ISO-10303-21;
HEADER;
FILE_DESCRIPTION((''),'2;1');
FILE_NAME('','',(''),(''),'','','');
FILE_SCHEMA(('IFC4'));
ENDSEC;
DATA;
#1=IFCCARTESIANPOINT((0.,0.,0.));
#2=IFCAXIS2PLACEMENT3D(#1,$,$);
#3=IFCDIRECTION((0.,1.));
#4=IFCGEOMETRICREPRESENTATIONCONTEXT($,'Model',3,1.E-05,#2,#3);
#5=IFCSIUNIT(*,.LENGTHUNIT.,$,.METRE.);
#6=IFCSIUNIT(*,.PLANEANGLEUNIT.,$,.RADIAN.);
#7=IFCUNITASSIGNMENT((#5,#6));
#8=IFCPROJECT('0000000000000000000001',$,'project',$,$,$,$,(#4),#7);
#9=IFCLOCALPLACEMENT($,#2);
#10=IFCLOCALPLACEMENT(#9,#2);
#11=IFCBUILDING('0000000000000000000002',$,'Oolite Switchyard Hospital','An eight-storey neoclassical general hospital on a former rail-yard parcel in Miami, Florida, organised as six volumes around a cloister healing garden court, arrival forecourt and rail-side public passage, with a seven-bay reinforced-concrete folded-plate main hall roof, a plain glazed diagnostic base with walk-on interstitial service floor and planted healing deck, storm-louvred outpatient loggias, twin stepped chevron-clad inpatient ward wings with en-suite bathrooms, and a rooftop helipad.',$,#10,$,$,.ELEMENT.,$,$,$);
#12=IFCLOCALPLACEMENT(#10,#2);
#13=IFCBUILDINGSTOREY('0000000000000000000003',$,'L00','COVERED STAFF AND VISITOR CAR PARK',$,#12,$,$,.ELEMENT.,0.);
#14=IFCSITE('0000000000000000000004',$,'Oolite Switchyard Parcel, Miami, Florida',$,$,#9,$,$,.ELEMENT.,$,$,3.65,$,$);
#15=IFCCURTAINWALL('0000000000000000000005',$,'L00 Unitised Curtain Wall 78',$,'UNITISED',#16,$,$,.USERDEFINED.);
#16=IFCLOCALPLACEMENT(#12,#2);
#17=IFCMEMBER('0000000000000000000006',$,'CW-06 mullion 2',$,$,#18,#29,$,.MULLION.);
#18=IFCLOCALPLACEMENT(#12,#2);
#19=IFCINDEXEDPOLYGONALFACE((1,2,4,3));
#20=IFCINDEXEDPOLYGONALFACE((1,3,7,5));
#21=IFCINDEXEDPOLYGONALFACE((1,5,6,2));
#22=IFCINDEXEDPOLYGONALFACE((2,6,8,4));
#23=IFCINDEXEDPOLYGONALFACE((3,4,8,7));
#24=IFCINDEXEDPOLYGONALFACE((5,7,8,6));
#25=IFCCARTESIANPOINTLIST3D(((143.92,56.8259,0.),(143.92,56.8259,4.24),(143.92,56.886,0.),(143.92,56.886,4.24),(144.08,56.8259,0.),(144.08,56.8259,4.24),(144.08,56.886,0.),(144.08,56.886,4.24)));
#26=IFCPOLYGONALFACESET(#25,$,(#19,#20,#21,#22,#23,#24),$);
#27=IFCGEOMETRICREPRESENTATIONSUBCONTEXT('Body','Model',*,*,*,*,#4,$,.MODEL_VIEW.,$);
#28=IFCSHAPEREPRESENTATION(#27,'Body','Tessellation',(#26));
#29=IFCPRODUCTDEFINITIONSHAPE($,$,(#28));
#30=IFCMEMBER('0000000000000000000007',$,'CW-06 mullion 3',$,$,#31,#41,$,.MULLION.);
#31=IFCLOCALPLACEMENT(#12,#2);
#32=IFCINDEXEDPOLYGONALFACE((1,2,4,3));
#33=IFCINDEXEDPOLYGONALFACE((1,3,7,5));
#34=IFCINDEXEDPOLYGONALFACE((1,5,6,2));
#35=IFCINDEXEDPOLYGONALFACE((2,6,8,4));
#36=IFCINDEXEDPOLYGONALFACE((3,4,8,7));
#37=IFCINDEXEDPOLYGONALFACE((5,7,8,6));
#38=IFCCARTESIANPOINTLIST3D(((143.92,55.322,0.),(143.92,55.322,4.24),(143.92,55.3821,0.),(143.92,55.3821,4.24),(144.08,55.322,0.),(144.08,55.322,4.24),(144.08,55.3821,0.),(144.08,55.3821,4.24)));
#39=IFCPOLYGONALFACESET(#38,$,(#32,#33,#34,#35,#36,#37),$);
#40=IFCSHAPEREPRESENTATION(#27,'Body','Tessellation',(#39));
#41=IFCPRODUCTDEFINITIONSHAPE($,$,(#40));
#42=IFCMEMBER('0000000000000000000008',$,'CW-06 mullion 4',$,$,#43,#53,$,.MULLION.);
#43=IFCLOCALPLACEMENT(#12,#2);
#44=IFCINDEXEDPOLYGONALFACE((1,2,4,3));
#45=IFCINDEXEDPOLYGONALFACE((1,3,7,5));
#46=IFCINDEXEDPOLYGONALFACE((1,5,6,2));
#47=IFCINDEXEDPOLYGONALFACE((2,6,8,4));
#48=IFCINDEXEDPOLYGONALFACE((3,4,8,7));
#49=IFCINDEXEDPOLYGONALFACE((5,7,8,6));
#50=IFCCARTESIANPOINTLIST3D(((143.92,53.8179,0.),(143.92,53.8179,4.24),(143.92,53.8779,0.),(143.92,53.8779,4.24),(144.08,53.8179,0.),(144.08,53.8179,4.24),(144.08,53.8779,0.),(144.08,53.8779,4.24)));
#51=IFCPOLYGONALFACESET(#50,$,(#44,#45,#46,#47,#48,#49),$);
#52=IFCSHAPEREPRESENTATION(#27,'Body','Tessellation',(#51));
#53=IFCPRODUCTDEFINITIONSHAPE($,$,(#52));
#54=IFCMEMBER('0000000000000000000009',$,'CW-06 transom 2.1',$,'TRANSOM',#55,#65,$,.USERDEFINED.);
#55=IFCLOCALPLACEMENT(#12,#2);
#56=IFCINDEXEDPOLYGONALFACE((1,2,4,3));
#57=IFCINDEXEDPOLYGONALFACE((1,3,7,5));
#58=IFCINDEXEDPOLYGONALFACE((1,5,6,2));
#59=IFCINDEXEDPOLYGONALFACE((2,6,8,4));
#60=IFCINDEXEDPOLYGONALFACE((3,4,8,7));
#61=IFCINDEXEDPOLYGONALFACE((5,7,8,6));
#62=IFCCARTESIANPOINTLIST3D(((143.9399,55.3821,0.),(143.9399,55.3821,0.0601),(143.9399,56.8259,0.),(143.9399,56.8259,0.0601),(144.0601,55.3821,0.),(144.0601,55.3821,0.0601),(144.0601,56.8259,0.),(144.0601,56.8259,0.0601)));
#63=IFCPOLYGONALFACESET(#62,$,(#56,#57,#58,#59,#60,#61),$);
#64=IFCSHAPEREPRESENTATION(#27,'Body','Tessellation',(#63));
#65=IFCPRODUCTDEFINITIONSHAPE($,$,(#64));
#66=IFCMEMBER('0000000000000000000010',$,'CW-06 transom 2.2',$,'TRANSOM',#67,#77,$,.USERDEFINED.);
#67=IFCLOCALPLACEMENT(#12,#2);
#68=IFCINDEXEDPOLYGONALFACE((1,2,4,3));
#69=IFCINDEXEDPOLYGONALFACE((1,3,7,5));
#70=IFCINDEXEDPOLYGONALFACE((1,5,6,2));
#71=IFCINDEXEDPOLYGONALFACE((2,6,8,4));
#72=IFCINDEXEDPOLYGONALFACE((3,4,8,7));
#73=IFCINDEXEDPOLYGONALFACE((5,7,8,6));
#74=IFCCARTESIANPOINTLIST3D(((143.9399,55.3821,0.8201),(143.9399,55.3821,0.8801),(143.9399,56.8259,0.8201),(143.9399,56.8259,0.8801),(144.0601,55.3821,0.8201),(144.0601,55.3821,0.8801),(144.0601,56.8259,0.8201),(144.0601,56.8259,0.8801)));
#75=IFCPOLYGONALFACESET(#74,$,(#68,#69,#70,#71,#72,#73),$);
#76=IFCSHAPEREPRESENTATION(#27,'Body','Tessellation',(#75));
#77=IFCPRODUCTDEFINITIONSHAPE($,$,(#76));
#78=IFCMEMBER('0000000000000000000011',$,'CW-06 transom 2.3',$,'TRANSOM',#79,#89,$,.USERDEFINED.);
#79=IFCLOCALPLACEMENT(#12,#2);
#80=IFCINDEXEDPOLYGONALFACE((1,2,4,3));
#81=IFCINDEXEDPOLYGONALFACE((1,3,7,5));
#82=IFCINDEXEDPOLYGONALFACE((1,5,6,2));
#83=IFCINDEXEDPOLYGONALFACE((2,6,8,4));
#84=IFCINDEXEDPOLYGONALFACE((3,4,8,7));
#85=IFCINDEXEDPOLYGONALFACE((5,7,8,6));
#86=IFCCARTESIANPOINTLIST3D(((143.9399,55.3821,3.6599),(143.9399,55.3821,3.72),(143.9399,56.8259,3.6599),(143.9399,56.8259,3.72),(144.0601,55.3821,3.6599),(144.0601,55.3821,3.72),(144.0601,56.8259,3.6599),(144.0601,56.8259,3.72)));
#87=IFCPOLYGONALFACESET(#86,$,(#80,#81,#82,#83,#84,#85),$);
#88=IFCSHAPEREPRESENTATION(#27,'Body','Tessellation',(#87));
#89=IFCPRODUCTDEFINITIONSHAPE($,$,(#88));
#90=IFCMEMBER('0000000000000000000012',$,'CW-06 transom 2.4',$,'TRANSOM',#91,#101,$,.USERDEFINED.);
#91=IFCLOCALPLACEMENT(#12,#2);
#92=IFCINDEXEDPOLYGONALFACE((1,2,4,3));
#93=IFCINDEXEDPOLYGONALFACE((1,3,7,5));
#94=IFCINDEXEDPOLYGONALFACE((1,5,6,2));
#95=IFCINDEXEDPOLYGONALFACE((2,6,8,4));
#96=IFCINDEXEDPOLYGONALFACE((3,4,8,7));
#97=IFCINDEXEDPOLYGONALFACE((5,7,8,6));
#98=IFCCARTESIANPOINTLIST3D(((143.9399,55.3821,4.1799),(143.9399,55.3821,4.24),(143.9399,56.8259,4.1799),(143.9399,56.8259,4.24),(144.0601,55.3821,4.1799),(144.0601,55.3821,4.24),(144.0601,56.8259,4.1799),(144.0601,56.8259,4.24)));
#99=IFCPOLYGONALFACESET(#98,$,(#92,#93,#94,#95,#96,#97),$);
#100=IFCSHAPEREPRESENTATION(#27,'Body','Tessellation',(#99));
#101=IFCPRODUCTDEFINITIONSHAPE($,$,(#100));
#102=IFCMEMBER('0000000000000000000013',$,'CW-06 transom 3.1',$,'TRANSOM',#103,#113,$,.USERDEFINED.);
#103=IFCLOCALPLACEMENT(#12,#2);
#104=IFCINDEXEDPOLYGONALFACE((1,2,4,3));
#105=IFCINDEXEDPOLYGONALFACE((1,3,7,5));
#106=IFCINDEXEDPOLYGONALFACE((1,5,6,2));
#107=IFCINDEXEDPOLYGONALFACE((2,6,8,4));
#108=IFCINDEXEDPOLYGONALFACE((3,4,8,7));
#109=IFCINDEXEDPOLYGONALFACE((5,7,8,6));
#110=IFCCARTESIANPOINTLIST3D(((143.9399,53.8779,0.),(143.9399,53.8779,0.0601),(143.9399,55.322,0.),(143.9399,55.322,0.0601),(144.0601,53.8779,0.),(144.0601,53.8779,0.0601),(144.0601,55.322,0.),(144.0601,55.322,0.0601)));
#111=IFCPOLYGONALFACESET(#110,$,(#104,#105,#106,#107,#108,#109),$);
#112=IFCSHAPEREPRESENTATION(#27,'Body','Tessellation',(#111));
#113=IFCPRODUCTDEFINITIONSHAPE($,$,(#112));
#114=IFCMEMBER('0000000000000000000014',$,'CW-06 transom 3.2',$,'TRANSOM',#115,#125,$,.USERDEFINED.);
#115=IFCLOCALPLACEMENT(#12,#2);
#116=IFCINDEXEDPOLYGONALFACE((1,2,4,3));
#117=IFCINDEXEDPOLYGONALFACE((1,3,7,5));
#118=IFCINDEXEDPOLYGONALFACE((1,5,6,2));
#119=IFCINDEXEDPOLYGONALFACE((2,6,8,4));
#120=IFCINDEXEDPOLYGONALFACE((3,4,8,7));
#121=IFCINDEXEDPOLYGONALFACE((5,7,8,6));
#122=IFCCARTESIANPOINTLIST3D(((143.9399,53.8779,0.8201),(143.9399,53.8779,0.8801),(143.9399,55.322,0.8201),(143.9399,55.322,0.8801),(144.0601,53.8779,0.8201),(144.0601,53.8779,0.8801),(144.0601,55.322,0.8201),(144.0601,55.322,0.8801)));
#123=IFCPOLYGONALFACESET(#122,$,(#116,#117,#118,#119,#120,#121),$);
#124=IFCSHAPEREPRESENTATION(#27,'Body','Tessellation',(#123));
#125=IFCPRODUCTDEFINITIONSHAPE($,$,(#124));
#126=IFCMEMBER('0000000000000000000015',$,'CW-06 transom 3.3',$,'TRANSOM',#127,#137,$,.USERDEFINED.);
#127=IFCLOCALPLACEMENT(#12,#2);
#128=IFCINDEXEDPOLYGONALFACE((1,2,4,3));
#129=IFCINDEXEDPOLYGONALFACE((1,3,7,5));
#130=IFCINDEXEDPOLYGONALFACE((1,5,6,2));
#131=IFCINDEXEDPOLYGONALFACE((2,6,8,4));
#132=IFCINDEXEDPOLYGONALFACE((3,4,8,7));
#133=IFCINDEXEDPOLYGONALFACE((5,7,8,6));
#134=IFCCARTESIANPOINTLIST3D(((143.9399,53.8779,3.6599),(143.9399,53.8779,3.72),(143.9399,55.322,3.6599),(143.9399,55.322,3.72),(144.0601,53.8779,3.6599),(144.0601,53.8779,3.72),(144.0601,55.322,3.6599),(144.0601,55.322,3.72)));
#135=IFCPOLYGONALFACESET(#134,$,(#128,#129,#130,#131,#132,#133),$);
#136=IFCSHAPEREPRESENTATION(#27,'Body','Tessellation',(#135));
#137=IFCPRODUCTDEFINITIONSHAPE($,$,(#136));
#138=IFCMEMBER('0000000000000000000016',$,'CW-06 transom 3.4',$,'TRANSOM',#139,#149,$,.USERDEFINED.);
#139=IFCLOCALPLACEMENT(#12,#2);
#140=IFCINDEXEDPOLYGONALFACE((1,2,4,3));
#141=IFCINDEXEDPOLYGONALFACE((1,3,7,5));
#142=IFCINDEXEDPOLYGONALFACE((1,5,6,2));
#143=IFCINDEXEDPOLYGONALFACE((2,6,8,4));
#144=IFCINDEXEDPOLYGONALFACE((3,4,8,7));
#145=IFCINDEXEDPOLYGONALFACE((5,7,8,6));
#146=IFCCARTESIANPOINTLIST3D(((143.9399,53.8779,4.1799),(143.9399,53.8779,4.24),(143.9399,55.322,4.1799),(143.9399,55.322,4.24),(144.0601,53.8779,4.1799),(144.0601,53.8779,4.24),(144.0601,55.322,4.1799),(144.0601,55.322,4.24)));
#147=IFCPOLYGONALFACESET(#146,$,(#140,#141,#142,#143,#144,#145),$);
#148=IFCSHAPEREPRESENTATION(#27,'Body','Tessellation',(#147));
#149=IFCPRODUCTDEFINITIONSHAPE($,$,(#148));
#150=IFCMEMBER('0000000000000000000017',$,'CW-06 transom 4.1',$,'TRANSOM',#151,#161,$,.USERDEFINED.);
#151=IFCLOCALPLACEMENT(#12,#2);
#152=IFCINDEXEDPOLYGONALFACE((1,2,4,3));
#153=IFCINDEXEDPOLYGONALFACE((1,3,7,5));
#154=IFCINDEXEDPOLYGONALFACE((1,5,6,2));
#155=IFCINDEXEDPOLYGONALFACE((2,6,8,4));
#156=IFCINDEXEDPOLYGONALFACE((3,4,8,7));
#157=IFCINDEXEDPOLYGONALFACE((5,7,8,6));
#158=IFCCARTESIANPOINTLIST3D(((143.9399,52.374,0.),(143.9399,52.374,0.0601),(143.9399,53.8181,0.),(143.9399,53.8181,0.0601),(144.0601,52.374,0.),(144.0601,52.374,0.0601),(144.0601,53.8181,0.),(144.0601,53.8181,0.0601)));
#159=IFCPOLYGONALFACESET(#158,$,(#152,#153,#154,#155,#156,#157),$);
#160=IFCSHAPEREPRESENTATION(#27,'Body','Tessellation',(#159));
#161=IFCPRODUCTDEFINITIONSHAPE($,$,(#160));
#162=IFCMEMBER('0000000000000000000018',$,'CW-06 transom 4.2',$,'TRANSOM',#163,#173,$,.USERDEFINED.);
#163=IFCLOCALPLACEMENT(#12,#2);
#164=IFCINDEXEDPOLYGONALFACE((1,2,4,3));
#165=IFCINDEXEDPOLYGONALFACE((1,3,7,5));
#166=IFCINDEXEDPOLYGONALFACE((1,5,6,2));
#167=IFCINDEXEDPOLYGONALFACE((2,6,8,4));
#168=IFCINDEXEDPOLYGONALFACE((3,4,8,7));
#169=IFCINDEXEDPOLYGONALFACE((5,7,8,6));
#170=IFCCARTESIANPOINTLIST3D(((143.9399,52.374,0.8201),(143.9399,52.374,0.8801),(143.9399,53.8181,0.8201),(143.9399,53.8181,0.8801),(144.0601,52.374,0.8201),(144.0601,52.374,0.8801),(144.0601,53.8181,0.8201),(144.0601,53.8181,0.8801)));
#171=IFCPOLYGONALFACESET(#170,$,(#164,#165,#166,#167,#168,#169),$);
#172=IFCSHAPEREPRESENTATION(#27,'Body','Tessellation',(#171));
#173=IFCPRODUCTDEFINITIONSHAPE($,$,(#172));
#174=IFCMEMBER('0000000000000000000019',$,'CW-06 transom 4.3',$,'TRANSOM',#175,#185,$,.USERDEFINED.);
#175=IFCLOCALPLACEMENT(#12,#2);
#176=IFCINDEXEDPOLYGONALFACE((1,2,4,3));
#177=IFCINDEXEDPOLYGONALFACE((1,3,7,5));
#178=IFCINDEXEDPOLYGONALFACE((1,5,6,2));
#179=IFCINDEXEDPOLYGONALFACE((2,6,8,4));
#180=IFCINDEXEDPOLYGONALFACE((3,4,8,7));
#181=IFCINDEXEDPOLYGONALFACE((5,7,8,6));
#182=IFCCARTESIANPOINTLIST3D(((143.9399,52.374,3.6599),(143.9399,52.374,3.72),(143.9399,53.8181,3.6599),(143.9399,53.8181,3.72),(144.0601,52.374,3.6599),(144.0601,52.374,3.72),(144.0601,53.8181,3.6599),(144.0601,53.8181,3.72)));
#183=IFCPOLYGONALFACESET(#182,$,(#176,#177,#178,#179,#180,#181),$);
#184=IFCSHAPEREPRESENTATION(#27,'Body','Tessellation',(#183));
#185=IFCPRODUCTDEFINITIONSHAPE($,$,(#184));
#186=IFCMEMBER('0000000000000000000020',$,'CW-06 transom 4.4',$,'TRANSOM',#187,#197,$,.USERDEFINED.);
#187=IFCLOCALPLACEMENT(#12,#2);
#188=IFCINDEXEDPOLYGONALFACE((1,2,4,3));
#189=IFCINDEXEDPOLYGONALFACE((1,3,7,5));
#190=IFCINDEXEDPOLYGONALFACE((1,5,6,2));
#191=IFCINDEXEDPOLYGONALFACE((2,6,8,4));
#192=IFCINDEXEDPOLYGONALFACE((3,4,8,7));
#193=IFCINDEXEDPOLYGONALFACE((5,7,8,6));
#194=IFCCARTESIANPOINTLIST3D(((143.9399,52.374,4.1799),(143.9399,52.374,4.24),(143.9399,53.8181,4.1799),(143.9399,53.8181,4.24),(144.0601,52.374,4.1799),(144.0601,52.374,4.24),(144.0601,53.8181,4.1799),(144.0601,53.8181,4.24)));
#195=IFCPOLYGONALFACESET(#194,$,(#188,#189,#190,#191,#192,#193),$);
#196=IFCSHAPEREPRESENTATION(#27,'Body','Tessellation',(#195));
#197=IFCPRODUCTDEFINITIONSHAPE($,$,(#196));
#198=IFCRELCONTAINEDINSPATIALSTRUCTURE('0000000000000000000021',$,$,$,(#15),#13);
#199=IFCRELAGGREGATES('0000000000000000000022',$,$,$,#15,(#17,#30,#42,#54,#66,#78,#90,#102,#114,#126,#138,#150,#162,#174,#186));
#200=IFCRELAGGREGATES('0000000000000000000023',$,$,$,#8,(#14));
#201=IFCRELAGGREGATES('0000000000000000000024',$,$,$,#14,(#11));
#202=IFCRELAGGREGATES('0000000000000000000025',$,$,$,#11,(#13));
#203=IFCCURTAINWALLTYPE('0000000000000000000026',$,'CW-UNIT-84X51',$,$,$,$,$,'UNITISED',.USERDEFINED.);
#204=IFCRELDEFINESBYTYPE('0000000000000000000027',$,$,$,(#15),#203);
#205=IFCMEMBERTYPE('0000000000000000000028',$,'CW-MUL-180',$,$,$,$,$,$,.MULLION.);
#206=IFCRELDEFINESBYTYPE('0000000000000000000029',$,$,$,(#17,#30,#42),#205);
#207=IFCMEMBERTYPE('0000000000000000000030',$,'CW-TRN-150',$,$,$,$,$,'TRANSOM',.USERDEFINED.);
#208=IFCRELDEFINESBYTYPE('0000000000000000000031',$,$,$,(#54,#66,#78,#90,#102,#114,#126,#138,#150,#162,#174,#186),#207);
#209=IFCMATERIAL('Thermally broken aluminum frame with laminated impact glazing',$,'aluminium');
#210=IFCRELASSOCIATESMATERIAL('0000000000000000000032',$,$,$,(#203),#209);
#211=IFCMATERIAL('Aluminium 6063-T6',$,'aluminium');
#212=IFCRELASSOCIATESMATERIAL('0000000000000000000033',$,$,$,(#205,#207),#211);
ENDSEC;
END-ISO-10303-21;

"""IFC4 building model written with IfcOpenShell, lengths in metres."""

from ifc_helpers import new_model, si_unit, direction, frame, origin, origin_2d, place, context, subcontext, project, spatial, rectangle, extrude, material, material_profile, profile_set, type_object, element, aggregate, save


model = new_model("IFC4")

# Units and contexts
model_context = context("Model", 3, precision=1e-05, world=origin(), true_north=direction((0.0, 1.0)))
body_context = subcontext(model_context, "Body", "Model", "MODEL_VIEW")
ifc_project = project(units=[si_unit("LENGTHUNIT", "METRE"), si_unit("PLANEANGLEUNIT", "RADIAN")], contexts=[model_context])

# Site, building, storey
site_placement = place(None, origin())
site = spatial("IfcSite", under=ifc_project, at=site_placement, Name="Oolite Switchyard Parcel, Miami, Florida", CompositionType="ELEMENT", RefElevation=3.65)
building_placement = place(site_placement, origin())
building = spatial("IfcBuilding", under=site, at=building_placement, Name="Oolite Switchyard Hospital", Description="An eight-storey neoclassical general hospital on a former rail-yard parcel in Miami, Florida, organised as six volumes around a cloister healing garden court, arrival forecourt and rail-side public passage, with a seven-bay reinforced-concrete folded-plate main hall roof, a plain glazed diagnostic base with walk-on interstitial service floor and planted healing deck, storm-louvred outpatient loggias, twin stepped chevron-clad inpatient ward wings with en-suite bathrooms, and a rooftop helipad.", CompositionType="ELEMENT")
storey_placement = place(building_placement, origin())
storey = spatial("IfcBuildingStorey", under=building, at=storey_placement, Name="L00", Description="COVERED STAFF AND VISITOR CAR PARK", CompositionType="ELEMENT", Elevation=0.0)

# Curtain wall, members
ifc_material_1 = material(Name="Thermally broken aluminum frame with laminated impact glazing", Category="aluminium")
curtain_wall_type = type_object("IfcCurtainWallType", Name="CW-UNIT-84X51", ElementType="UNITISED", PredefinedType="USERDEFINED", material=ifc_material_1)
curtain_wall_placement = place(storey_placement, origin())
curtain_wall = element("IfcCurtainWall", 1, at=curtain_wall_placement, inside=storey, type_object=curtain_wall_type, Name="L00 Unitised Curtain Wall 78", ObjectType="UNITISED", PredefinedType="USERDEFINED")
ifc_material_2 = material(Name="Aluminium 6063-T6", Category="aluminium")
ifc_material_profile_1 = material_profile(ifc_material_2, rectangle(XDim=0.1599, YDim=0.0601, at=origin_2d()), Name="CWM60X160")
ifc_profile_set_1 = profile_set([ifc_material_profile_1], Name="Aluminium 6063-T6")
member_type_1 = type_object("IfcMemberType", Name="CW-MUL-180", PredefinedType="MULLION", material=ifc_profile_set_1)
member_1_placement = place(storey_placement, frame((144.0, 56.856, 0.0), z_axis=(0.0, 0.0, 1.0), x_axis=(1.0, 0.0, 0.0)))
member_1 = element("IfcMember", 2, at=member_1_placement, type_object=member_type_1, Name="CW-06 mullion 2", PredefinedType="MULLION", context=body_context, shape_type="SweptSolid", body=[
    extrude(rectangle(XDim=0.1599, YDim=0.0601, at=origin_2d()), origin(), (0.0, 0.0, 1.0), 4.24),
])
member_2_placement = place(storey_placement, frame((144.0, 55.3521, 0.0), z_axis=(0.0, 0.0, 1.0), x_axis=(1.0, 0.0, 0.0)))
member_2 = element("IfcMember", 3, at=member_2_placement, type_object=member_type_1, Name="CW-06 mullion 3", PredefinedType="MULLION", context=body_context, shape_type="SweptSolid", body=[
    extrude(rectangle(XDim=0.1599, YDim=0.0601, at=origin_2d()), origin(), (0.0, 0.0, 1.0), 4.24),
])
member_3_placement = place(storey_placement, frame((144.0, 53.8479, 0.0), z_axis=(0.0, 0.0, 1.0), x_axis=(1.0, 0.0, 0.0)))
member_3 = element("IfcMember", 4, at=member_3_placement, type_object=member_type_1, Name="CW-06 mullion 4", PredefinedType="MULLION", context=body_context, shape_type="SweptSolid", body=[
    extrude(rectangle(XDim=0.1599, YDim=0.0601, at=origin_2d()), origin(), (0.0, 0.0, 1.0), 4.24),
])
ifc_material_profile_2 = material_profile(ifc_material_2, rectangle(XDim=0.1201, YDim=0.0601, at=origin_2d()), Name="CWT60X120")
ifc_profile_set_2 = profile_set([ifc_material_profile_2], Name="Aluminium 6063-T6")
member_type_2 = type_object("IfcMemberType", Name="CW-TRN-150", ElementType="TRANSOM", PredefinedType="USERDEFINED", material=ifc_profile_set_2)
member_4_placement = place(storey_placement, frame((144.0, 56.8259, 0.03), z_axis=(0.0, -1.0, 0.0), x_axis=(1.0, 0.0, 0.0)))
member_4 = element("IfcMember", 5, at=member_4_placement, type_object=member_type_2, Name="CW-06 transom 2.1", ObjectType="TRANSOM", PredefinedType="USERDEFINED", context=body_context, shape_type="SweptSolid", body=[
    extrude(rectangle(XDim=0.1201, YDim=0.0601, at=origin_2d()), origin(), (0.0, 0.0, 1.0), 1.4438),
])
member_5_placement = place(storey_placement, frame((144.0, 56.8259, 0.8501), z_axis=(0.0, -1.0, 0.0), x_axis=(1.0, 0.0, 0.0)))
member_5 = element("IfcMember", 6, at=member_5_placement, type_object=member_type_2, Name="CW-06 transom 2.2", ObjectType="TRANSOM", PredefinedType="USERDEFINED", context=body_context, shape_type="SweptSolid", body=[
    extrude(rectangle(XDim=0.1201, YDim=0.0601, at=origin_2d()), origin(), (0.0, 0.0, 1.0), 1.4438),
])
member_6_placement = place(storey_placement, frame((144.0, 56.8259, 3.6899), z_axis=(0.0, -1.0, 0.0), x_axis=(1.0, 0.0, 0.0)))
member_6 = element("IfcMember", 7, at=member_6_placement, type_object=member_type_2, Name="CW-06 transom 2.3", ObjectType="TRANSOM", PredefinedType="USERDEFINED", context=body_context, shape_type="SweptSolid", body=[
    extrude(rectangle(XDim=0.1201, YDim=0.0601, at=origin_2d()), origin(), (0.0, 0.0, 1.0), 1.4438),
])
member_7_placement = place(storey_placement, frame((144.0, 56.8259, 4.21), z_axis=(0.0, -1.0, 0.0), x_axis=(1.0, 0.0, 0.0)))
member_7 = element("IfcMember", 8, at=member_7_placement, type_object=member_type_2, Name="CW-06 transom 2.4", ObjectType="TRANSOM", PredefinedType="USERDEFINED", context=body_context, shape_type="SweptSolid", body=[
    extrude(rectangle(XDim=0.1201, YDim=0.0601, at=origin_2d()), origin(), (0.0, 0.0, 1.0), 1.4438),
])
member_8_placement = place(storey_placement, frame((144.0, 55.322, 0.03), z_axis=(0.0, -1.0, 0.0), x_axis=(1.0, 0.0, 0.0)))
member_8 = element("IfcMember", 9, at=member_8_placement, type_object=member_type_2, Name="CW-06 transom 3.1", ObjectType="TRANSOM", PredefinedType="USERDEFINED", context=body_context, shape_type="SweptSolid", body=[
    extrude(rectangle(XDim=0.1201, YDim=0.0601, at=origin_2d()), origin(), (0.0, 0.0, 1.0), 1.4441),
])
member_9_placement = place(storey_placement, frame((144.0, 55.322, 0.8501), z_axis=(0.0, -1.0, 0.0), x_axis=(1.0, 0.0, 0.0)))
member_9 = element("IfcMember", 10, at=member_9_placement, type_object=member_type_2, Name="CW-06 transom 3.2", ObjectType="TRANSOM", PredefinedType="USERDEFINED", context=body_context, shape_type="SweptSolid", body=[
    extrude(rectangle(XDim=0.1201, YDim=0.0601, at=origin_2d()), origin(), (0.0, 0.0, 1.0), 1.4441),
])
member_10_placement = place(storey_placement, frame((144.0, 55.322, 3.6899), z_axis=(0.0, -1.0, 0.0), x_axis=(1.0, 0.0, 0.0)))
member_10 = element("IfcMember", 11, at=member_10_placement, type_object=member_type_2, Name="CW-06 transom 3.3", ObjectType="TRANSOM", PredefinedType="USERDEFINED", context=body_context, shape_type="SweptSolid", body=[
    extrude(rectangle(XDim=0.1201, YDim=0.0601, at=origin_2d()), origin(), (0.0, 0.0, 1.0), 1.4441),
])
member_11_placement = place(storey_placement, frame((144.0, 55.322, 4.21), z_axis=(0.0, -1.0, 0.0), x_axis=(1.0, 0.0, 0.0)))
member_11 = element("IfcMember", 12, at=member_11_placement, type_object=member_type_2, Name="CW-06 transom 3.4", ObjectType="TRANSOM", PredefinedType="USERDEFINED", context=body_context, shape_type="SweptSolid", body=[
    extrude(rectangle(XDim=0.1201, YDim=0.0601, at=origin_2d()), origin(), (0.0, 0.0, 1.0), 1.4441),
])
member_12_placement = place(storey_placement, frame((144.0, 53.8181, 0.03), z_axis=(0.0, -1.0, 0.0), x_axis=(1.0, 0.0, 0.0)))
member_12 = element("IfcMember", 13, at=member_12_placement, type_object=member_type_2, Name="CW-06 transom 4.1", ObjectType="TRANSOM", PredefinedType="USERDEFINED", context=body_context, shape_type="SweptSolid", body=[
    extrude(rectangle(XDim=0.1201, YDim=0.0601, at=origin_2d()), origin(), (0.0, 0.0, 1.0), 1.4441),
])
member_13_placement = place(storey_placement, frame((144.0, 53.8181, 0.8501), z_axis=(0.0, -1.0, 0.0), x_axis=(1.0, 0.0, 0.0)))
member_13 = element("IfcMember", 14, at=member_13_placement, type_object=member_type_2, Name="CW-06 transom 4.2", ObjectType="TRANSOM", PredefinedType="USERDEFINED", context=body_context, shape_type="SweptSolid", body=[
    extrude(rectangle(XDim=0.1201, YDim=0.0601, at=origin_2d()), origin(), (0.0, 0.0, 1.0), 1.4441),
])
member_14_placement = place(storey_placement, frame((144.0, 53.8181, 3.6899), z_axis=(0.0, -1.0, 0.0), x_axis=(1.0, 0.0, 0.0)))
member_14 = element("IfcMember", 15, at=member_14_placement, type_object=member_type_2, Name="CW-06 transom 4.3", ObjectType="TRANSOM", PredefinedType="USERDEFINED", context=body_context, shape_type="SweptSolid", body=[
    extrude(rectangle(XDim=0.1201, YDim=0.0601, at=origin_2d()), origin(), (0.0, 0.0, 1.0), 1.4441),
])
member_15_placement = place(storey_placement, frame((144.0, 53.8181, 4.21), z_axis=(0.0, -1.0, 0.0), x_axis=(1.0, 0.0, 0.0)))
member_15 = element("IfcMember", 16, at=member_15_placement, type_object=member_type_2, Name="CW-06 transom 4.4", ObjectType="TRANSOM", PredefinedType="USERDEFINED", context=body_context, shape_type="SweptSolid", body=[
    extrude(rectangle(XDim=0.1201, YDim=0.0601, at=origin_2d()), origin(), (0.0, 0.0, 1.0), 1.4441),
])
aggregate(curtain_wall, [member_1, member_2, member_3, member_4, member_5, member_6, member_7, member_8, member_9, member_10, member_11, member_12, member_13, member_14, member_15])

save(model, "model.ifc")
